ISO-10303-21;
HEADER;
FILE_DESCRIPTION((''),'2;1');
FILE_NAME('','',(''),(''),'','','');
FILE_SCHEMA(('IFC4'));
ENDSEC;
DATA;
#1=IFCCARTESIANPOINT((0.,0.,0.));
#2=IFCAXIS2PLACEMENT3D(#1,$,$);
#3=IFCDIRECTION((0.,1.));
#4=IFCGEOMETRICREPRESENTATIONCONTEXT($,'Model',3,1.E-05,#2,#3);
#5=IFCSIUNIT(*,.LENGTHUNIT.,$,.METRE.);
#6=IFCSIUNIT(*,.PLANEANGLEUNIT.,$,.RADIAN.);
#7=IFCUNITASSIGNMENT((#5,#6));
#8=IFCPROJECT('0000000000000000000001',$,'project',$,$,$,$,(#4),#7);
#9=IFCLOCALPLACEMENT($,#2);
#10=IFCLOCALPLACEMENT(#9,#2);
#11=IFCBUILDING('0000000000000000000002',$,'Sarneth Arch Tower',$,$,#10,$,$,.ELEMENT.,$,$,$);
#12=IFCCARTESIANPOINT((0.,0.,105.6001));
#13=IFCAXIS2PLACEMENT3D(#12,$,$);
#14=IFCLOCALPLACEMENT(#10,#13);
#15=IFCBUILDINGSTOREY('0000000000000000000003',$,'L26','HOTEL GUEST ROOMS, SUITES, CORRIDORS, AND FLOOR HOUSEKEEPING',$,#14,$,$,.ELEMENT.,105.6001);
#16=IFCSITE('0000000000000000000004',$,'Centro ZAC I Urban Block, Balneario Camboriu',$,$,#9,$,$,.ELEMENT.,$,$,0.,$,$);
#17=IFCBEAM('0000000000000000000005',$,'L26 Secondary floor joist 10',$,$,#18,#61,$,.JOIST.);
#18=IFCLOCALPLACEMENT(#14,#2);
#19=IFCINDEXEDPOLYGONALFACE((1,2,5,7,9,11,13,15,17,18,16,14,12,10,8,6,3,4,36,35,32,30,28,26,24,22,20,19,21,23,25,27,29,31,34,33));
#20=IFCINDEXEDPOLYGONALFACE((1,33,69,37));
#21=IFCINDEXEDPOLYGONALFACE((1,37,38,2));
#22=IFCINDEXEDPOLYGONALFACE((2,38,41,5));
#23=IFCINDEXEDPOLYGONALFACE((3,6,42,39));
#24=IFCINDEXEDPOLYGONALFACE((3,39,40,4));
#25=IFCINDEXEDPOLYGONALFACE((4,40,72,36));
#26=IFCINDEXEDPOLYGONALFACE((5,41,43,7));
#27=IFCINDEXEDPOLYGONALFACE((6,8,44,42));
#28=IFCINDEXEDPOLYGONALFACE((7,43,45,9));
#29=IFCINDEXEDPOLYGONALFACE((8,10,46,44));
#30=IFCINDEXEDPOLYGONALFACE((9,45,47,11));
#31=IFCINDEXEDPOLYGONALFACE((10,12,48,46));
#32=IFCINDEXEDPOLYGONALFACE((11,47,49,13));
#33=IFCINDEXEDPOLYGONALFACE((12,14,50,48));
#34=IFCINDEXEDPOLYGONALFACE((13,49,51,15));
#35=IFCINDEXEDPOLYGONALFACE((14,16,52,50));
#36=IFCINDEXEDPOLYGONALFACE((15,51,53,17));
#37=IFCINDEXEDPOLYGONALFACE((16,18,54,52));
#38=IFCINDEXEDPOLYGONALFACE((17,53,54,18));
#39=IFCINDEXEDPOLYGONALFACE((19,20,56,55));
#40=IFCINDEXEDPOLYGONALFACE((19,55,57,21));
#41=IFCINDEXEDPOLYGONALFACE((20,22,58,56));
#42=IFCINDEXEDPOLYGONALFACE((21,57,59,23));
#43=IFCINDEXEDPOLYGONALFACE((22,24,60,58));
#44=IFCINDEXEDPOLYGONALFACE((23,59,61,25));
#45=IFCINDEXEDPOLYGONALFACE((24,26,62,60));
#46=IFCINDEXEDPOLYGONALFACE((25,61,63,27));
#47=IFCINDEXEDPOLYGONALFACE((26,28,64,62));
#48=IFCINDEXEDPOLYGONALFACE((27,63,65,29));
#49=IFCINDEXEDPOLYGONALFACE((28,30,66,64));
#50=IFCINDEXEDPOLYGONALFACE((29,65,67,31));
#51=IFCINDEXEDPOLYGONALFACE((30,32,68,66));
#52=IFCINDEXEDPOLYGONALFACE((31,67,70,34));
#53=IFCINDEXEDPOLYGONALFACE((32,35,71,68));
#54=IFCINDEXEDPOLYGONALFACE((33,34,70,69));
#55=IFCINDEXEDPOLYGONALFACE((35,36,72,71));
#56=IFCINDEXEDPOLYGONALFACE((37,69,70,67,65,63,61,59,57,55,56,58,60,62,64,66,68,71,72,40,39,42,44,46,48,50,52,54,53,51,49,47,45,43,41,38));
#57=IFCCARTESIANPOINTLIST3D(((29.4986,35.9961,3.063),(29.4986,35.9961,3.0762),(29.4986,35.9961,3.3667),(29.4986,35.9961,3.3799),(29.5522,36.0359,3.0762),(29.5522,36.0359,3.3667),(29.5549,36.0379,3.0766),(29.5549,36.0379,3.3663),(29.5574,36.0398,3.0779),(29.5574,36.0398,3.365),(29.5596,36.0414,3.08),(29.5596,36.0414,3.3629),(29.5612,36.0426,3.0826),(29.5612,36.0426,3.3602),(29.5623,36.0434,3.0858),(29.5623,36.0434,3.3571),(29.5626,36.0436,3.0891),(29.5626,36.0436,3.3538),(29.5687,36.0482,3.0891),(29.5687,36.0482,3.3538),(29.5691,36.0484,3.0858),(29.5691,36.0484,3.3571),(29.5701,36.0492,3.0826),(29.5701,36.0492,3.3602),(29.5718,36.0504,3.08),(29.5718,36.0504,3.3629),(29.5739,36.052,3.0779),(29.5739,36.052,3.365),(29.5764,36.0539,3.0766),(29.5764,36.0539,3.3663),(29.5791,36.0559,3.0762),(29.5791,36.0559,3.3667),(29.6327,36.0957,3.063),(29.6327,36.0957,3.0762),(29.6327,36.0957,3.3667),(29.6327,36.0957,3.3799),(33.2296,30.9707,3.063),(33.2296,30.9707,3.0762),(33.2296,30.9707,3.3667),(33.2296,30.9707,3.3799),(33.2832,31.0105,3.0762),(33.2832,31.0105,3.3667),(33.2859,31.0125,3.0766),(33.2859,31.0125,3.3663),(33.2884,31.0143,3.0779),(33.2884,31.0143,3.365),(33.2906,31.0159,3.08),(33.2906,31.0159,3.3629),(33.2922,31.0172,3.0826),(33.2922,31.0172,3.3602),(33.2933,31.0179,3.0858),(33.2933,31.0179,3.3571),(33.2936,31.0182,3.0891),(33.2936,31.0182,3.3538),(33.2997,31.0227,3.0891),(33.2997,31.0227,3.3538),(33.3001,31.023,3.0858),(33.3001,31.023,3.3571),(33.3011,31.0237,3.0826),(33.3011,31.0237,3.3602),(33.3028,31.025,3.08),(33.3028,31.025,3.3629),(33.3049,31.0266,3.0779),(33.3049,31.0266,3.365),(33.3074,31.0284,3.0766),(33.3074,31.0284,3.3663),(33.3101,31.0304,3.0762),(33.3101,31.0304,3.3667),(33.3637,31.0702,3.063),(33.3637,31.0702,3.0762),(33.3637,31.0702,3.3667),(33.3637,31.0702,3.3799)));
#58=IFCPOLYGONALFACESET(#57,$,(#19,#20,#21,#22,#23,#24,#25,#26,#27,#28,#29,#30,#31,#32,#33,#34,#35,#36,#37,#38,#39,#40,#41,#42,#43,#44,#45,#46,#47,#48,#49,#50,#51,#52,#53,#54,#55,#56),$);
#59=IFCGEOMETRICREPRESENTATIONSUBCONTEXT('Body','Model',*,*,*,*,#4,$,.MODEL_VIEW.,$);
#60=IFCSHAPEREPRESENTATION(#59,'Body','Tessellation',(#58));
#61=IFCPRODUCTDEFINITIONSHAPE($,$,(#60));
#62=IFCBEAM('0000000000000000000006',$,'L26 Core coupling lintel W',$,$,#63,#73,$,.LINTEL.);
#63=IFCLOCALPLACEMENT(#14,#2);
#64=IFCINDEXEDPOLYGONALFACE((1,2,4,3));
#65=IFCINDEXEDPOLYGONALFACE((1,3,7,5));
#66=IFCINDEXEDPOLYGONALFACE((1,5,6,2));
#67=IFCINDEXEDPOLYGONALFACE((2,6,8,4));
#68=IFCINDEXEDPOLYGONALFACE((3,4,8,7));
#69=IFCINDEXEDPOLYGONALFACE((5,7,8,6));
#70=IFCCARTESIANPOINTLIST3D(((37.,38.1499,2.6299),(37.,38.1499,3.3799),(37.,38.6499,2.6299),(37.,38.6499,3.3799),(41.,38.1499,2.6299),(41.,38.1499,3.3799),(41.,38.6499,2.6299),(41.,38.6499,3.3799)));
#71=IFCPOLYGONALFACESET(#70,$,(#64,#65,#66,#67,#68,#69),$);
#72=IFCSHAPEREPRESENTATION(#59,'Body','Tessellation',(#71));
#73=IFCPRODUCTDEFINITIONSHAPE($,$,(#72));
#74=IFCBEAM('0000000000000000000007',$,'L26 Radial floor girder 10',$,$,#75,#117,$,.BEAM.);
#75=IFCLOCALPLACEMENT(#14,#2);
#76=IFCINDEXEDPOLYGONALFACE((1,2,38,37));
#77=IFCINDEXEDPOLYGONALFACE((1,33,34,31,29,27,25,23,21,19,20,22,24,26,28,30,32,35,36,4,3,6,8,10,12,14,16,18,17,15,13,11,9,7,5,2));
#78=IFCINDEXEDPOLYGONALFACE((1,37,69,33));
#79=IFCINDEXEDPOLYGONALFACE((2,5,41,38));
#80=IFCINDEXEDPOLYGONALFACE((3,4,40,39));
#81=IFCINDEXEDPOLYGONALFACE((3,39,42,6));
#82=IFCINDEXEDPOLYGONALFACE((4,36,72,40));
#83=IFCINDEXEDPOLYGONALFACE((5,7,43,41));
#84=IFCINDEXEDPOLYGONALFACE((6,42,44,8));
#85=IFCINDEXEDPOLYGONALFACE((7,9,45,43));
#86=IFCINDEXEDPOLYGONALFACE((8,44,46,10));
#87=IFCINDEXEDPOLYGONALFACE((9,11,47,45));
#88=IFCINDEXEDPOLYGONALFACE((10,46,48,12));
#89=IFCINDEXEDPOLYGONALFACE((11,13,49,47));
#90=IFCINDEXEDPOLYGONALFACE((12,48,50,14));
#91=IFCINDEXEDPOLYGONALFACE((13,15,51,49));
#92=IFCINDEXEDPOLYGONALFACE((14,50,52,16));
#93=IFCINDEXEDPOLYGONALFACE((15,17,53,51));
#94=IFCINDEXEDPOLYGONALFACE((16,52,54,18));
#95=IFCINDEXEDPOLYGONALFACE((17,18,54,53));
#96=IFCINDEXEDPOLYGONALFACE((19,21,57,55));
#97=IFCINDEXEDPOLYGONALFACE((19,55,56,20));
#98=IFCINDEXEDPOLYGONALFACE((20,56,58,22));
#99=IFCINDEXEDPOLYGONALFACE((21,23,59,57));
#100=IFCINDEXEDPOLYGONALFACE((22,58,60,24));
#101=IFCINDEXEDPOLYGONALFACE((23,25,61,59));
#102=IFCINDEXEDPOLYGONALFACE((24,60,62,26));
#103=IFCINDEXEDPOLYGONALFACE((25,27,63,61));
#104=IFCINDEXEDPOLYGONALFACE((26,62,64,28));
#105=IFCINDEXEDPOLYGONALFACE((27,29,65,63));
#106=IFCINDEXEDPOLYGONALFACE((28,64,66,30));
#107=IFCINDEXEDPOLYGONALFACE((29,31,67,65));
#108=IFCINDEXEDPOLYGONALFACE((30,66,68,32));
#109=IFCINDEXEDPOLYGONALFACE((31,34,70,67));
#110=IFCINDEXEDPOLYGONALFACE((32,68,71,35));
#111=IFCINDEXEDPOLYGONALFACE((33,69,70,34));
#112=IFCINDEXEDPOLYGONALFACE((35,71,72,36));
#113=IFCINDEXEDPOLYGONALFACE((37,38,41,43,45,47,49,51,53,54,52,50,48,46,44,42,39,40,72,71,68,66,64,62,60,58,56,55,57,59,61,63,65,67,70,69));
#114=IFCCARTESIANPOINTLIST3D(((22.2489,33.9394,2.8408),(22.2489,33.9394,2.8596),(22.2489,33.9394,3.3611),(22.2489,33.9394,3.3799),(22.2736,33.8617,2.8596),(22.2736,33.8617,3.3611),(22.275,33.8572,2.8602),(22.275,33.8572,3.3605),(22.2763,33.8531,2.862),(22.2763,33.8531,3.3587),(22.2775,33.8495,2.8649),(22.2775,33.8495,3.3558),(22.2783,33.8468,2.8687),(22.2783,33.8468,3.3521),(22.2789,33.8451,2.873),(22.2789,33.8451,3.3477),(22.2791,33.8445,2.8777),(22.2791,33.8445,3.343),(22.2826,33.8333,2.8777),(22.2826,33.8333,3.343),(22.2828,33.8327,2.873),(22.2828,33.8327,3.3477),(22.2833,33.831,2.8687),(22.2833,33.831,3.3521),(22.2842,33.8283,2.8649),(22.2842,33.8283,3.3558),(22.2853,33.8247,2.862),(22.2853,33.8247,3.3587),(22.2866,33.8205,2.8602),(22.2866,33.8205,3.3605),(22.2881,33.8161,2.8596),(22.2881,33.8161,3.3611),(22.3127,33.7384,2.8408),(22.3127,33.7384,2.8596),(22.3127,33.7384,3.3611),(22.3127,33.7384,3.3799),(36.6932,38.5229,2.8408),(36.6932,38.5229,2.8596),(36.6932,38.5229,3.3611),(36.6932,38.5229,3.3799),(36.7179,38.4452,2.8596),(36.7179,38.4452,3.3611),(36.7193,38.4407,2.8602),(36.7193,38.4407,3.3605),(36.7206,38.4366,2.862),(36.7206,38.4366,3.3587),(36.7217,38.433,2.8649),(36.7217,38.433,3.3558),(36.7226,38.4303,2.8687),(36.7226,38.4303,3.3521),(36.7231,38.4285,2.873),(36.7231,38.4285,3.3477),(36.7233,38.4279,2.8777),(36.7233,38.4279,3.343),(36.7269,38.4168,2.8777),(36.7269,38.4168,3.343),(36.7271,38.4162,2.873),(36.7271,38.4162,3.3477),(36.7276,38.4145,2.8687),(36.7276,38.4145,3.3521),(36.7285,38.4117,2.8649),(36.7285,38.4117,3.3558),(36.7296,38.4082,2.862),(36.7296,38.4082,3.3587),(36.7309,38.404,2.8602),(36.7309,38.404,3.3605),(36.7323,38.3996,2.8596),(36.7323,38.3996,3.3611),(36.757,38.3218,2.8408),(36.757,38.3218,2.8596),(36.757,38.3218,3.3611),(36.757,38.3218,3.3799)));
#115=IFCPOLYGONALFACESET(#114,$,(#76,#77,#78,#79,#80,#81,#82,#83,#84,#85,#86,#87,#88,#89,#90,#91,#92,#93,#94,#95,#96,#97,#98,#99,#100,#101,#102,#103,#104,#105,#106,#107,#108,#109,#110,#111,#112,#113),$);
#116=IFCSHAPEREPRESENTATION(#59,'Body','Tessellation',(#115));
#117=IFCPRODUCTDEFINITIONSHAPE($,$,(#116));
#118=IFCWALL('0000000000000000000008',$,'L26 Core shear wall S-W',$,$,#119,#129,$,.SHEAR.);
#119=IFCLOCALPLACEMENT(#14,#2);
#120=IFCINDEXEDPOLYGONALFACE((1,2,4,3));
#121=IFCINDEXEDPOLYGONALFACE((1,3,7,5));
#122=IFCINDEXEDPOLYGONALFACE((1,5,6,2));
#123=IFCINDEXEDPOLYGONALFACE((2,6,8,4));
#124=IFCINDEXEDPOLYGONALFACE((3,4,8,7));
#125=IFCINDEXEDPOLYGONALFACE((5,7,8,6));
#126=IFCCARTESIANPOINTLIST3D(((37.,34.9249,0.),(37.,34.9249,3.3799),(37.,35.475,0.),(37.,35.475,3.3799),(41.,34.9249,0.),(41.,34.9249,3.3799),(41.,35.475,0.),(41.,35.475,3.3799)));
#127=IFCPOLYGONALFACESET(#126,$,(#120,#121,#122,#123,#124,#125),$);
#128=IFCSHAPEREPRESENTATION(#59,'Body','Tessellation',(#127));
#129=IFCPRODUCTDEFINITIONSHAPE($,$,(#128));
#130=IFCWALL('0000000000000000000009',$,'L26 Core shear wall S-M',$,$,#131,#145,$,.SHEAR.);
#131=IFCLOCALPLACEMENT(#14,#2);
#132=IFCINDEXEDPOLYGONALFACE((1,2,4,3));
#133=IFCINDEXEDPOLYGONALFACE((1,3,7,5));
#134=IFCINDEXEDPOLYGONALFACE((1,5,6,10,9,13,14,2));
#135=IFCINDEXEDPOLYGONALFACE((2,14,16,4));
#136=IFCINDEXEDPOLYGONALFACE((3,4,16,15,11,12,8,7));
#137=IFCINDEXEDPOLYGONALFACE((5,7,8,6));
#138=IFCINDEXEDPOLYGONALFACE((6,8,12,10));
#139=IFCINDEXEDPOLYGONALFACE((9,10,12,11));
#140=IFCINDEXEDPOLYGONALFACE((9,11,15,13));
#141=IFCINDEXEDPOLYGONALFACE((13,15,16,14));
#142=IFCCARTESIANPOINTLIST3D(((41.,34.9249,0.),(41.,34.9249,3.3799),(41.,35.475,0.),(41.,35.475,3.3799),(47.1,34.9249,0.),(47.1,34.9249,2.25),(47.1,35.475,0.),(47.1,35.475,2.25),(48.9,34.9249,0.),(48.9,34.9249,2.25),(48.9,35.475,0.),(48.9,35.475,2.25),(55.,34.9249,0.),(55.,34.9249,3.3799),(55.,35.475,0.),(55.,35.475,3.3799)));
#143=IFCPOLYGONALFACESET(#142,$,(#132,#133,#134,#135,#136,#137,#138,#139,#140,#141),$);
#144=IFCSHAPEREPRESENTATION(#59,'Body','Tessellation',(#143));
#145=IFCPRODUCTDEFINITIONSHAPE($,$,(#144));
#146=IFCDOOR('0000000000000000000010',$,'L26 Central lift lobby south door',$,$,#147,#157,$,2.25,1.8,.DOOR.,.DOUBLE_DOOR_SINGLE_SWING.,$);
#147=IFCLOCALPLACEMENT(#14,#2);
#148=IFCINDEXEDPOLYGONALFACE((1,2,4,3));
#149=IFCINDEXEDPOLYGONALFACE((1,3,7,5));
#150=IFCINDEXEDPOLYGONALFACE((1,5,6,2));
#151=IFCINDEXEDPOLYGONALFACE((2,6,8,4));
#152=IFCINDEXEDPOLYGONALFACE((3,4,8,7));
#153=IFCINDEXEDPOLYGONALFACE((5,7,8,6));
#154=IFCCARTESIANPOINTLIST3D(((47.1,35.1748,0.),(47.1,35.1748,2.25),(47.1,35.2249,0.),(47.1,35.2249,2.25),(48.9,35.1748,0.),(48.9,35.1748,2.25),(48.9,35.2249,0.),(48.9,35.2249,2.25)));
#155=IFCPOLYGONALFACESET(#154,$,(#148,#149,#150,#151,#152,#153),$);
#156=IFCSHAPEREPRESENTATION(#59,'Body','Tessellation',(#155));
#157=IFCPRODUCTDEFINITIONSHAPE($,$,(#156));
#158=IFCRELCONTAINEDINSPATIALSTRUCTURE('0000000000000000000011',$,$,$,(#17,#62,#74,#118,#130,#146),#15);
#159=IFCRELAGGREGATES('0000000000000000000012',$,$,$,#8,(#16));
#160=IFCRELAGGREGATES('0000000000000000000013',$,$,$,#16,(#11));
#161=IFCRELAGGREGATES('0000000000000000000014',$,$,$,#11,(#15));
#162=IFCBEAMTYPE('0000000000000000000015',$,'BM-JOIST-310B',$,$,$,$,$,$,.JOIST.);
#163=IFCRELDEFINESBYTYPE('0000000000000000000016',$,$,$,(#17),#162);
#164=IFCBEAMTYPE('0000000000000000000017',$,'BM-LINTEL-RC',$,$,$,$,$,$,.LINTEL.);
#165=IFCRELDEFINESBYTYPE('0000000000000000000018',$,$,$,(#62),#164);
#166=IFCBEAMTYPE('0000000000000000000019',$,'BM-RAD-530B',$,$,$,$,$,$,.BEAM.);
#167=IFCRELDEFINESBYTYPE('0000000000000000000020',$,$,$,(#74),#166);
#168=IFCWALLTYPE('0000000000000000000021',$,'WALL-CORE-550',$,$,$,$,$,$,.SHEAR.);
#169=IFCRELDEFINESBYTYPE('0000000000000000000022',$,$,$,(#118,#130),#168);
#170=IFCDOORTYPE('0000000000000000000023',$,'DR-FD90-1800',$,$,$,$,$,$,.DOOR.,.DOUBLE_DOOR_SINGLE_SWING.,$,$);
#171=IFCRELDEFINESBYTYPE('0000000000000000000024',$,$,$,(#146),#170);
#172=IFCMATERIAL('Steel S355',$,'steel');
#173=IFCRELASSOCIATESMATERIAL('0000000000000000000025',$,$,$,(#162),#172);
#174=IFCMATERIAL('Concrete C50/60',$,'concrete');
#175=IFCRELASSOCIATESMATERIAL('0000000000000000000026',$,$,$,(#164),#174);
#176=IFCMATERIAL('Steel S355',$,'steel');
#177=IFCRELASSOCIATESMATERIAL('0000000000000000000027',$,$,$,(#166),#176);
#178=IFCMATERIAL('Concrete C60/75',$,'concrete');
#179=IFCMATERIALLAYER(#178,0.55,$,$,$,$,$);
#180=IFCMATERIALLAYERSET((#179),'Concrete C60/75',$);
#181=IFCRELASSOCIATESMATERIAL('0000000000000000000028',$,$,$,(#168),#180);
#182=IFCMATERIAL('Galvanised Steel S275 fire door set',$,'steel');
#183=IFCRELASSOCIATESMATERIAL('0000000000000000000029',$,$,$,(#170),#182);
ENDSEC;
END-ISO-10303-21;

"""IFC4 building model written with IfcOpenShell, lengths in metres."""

from ifc_helpers import new_model, si_unit, direction, frame, frame_2d, origin, origin_2d, place, context, subcontext, project, spatial, rectangle, i_section, extrude, material, layer, layer_set, material_profile, profile_set, type_object, element, fill, save


model = new_model("IFC4")

# Units and contexts
model_context = context("Model", 3, precision=1e-05, world=origin(), true_north=direction((0.0, 1.0)))
body_context = subcontext(model_context, "Body", "Model", "MODEL_VIEW")
ifc_project = project(units=[si_unit("LENGTHUNIT", "METRE"), si_unit("PLANEANGLEUNIT", "RADIAN")], contexts=[model_context])

# Site, building, storey
site_placement = place(None, origin())
site = spatial("IfcSite", under=ifc_project, at=site_placement, Name="Centro ZAC I Urban Block, Balneario Camboriu", CompositionType="ELEMENT", RefElevation=0.0)
building_placement = place(site_placement, origin())
building = spatial("IfcBuilding", under=site, at=building_placement, Name="Sarneth Arch Tower", CompositionType="ELEMENT")
storey_placement = place(building_placement, frame((0.0, 0.0, 105.6001)))
storey = spatial("IfcBuildingStorey", under=building, at=storey_placement, Name="L26", Description="HOTEL GUEST ROOMS, SUITES, CORRIDORS, AND FLOOR HOUSEKEEPING", CompositionType="ELEMENT", Elevation=105.6001)

# Beams
ifc_material_1 = material(Name="Steel S355", Category="steel")
ifc_material_profile_1 = material_profile(ifc_material_1, i_section(OverallWidth=0.167, OverallDepth=0.3169, WebThickness=0.0076, FlangeThickness=0.0132, FilletRadius=0.0129, at=origin_2d()), Name="W310x52")
ifc_profile_set_1 = profile_set([ifc_material_profile_1], Name="Steel S355")
beam_type_1 = type_object("IfcBeamType", Name="BM-JOIST-310B", PredefinedType="JOIST", material=ifc_profile_set_1)
beam_1_placement = place(storey_placement, frame((29.5657, 36.0459, 3.2214), z_axis=(0.596098, -0.802911, 0.0), x_axis=(0.802911, 0.596098, 0.0)))
element("IfcBeam", 1, at=beam_1_placement, inside=storey, type_object=beam_type_1, Name="L26 Secondary floor joist 10", PredefinedType="JOIST", context=body_context, shape_type="SweptSolid", body=[
    extrude(i_section(OverallWidth=0.167, OverallDepth=0.3169, WebThickness=0.0076, FlangeThickness=0.0132, FilletRadius=0.0129, at=origin_2d()), origin(), (0.0, 0.0, 1.0), 6.259),
])
ifc_material_2 = material(Name="Concrete C50/60", Category="concrete")
ifc_material_profile_2 = material_profile(ifc_material_2, rectangle(XDim=0.5, YDim=0.75, at=origin_2d()), Name="RC-500x750")
ifc_profile_set_2 = profile_set([ifc_material_profile_2], Name="Concrete C50/60")
beam_type_2 = type_object("IfcBeamType", Name="BM-LINTEL-RC", PredefinedType="LINTEL", material=ifc_profile_set_2)
beam_2_placement = place(storey_placement, frame((37.0, 38.3999, 3.0049), z_axis=(1.0, 0.0, 0.0), x_axis=(0.0, 1.0, 0.0)))
element("IfcBeam", 2, at=beam_2_placement, inside=storey, type_object=beam_type_2, Name="L26 Core coupling lintel W", PredefinedType="LINTEL", context=body_context, shape_type="SweptSolid", body=[
    extrude(rectangle(XDim=0.5, YDim=0.75, at=origin_2d()), origin(), (0.0, 0.0, 1.0), 4.0),
])
ifc_material_3 = material(Name="Steel S355", Category="steel")
ifc_material_profile_3 = material_profile(ifc_material_3, i_section(OverallWidth=0.2109, OverallDepth=0.5391, WebThickness=0.0117, FlangeThickness=0.0188, FilletRadius=0.0181, at=origin_2d()), Name="W530x109")
ifc_profile_set_3 = profile_set([ifc_material_profile_3], Name="Steel S355")
beam_type_3 = type_object("IfcBeamType", Name="BM-RAD-530B", PredefinedType="BEAM", material=ifc_profile_set_3)
beam_3_placement = place(storey_placement, frame((36.7251, 38.4224, 3.1104), z_axis=(-0.953162, -0.302459, 0.0), x_axis=(0.302459, -0.953162, 0.0)))
element("IfcBeam", 3, at=beam_3_placement, inside=storey, type_object=beam_type_3, Name="L26 Radial floor girder 10", PredefinedType="BEAM", context=body_context, shape_type="SweptSolid", body=[
    extrude(i_section(OverallWidth=0.2109, OverallDepth=0.5391, WebThickness=0.0117, FlangeThickness=0.0188, FilletRadius=0.0181, at=origin_2d()), origin(), (0.0, 0.0, 1.0), 15.1541),
])

# Wall
ifc_material_4 = material(Name="Concrete C60/75", Category="concrete")
ifc_layer_1 = layer(ifc_material_4, 0.55)
ifc_layer_set_1 = layer_set([ifc_layer_1], Name="Concrete C60/75")
wall_type_1 = type_object("IfcWallType", Name="WALL-CORE-550", PredefinedType="SHEAR", material=ifc_layer_set_1)
wall_1_placement = place(storey_placement, frame((37.0, 35.2, 0.0), z_axis=(0.0, 0.0, 1.0), x_axis=(1.0, 0.0, 0.0)))
element("IfcWall", 4, at=wall_1_placement, inside=storey, type_object=wall_type_1, Name="L26 Core shear wall S-W", PredefinedType="SHEAR", context=body_context, shape_type="SweptSolid", body=[
    extrude(rectangle(XDim=4.0, YDim=0.55, at=frame_2d((2.0, 0.0))), origin(), (0.0, 0.0, 1.0), 3.3799),
])

# Wall, opening, door
wall_2_placement = place(storey_placement, frame((41.0, 35.2, 0.0), z_axis=(0.0, 0.0, 1.0), x_axis=(1.0, 0.0, 0.0)))
wall_2 = element("IfcWall", 5, at=wall_2_placement, inside=storey, type_object=wall_type_1, Name="L26 Core shear wall S-M", PredefinedType="SHEAR", context=body_context, shape_type="SweptSolid", body=[
    extrude(rectangle(XDim=14.0, YDim=0.55, at=frame_2d((7.0, 0.0))), origin(), (0.0, 0.0, 1.0), 3.3799),
])
opening_1_placement = place(wall_2_placement, frame((6.1001, 0.0, 0.0)))
opening_1 = element("IfcOpeningElement", 6, at=opening_1_placement, cuts=wall_2, PredefinedType="OPENING", context=body_context, shape_type="SweptSolid", body=[
    extrude(rectangle(XDim=1.8, YDim=2.25, at=frame_2d((0.8999, 1.125))), frame((0.0, 0.2849, 0.0), z_axis=(0.0, -1.0, 0.0), x_axis=(1.0, 0.0, 0.0)), (0.0, 0.0, 1.0), 0.5701),
])
ifc_material_5 = material(Name="Galvanised Steel S275 fire door set", Category="steel")
door_type_1 = type_object("IfcDoorType", Name="DR-FD90-1800", OperationType="DOUBLE_DOOR_SINGLE_SWING", PredefinedType="DOOR", material=ifc_material_5)
door_1_placement = place(opening_1_placement, origin())
door_1 = element("IfcDoor", 7, at=door_1_placement, inside=storey, type_object=door_type_1, Name="L26 Central lift lobby south door", OperationType="DOUBLE_DOOR_SINGLE_SWING", OverallHeight=2.25, OverallWidth=1.8, PredefinedType="DOOR", context=body_context, shape_type="SweptSolid", body=[
    extrude(rectangle(XDim=1.8, YDim=2.25, at=frame_2d((0.8999, 1.125))), frame((0.0, 0.0249, 0.0), z_axis=(0.0, -1.0, 0.0), x_axis=(1.0, 0.0, 0.0)), (0.0, 0.0, 1.0), 0.05),
])
fill(opening_1, door_1)

save(model, "model.ifc")
